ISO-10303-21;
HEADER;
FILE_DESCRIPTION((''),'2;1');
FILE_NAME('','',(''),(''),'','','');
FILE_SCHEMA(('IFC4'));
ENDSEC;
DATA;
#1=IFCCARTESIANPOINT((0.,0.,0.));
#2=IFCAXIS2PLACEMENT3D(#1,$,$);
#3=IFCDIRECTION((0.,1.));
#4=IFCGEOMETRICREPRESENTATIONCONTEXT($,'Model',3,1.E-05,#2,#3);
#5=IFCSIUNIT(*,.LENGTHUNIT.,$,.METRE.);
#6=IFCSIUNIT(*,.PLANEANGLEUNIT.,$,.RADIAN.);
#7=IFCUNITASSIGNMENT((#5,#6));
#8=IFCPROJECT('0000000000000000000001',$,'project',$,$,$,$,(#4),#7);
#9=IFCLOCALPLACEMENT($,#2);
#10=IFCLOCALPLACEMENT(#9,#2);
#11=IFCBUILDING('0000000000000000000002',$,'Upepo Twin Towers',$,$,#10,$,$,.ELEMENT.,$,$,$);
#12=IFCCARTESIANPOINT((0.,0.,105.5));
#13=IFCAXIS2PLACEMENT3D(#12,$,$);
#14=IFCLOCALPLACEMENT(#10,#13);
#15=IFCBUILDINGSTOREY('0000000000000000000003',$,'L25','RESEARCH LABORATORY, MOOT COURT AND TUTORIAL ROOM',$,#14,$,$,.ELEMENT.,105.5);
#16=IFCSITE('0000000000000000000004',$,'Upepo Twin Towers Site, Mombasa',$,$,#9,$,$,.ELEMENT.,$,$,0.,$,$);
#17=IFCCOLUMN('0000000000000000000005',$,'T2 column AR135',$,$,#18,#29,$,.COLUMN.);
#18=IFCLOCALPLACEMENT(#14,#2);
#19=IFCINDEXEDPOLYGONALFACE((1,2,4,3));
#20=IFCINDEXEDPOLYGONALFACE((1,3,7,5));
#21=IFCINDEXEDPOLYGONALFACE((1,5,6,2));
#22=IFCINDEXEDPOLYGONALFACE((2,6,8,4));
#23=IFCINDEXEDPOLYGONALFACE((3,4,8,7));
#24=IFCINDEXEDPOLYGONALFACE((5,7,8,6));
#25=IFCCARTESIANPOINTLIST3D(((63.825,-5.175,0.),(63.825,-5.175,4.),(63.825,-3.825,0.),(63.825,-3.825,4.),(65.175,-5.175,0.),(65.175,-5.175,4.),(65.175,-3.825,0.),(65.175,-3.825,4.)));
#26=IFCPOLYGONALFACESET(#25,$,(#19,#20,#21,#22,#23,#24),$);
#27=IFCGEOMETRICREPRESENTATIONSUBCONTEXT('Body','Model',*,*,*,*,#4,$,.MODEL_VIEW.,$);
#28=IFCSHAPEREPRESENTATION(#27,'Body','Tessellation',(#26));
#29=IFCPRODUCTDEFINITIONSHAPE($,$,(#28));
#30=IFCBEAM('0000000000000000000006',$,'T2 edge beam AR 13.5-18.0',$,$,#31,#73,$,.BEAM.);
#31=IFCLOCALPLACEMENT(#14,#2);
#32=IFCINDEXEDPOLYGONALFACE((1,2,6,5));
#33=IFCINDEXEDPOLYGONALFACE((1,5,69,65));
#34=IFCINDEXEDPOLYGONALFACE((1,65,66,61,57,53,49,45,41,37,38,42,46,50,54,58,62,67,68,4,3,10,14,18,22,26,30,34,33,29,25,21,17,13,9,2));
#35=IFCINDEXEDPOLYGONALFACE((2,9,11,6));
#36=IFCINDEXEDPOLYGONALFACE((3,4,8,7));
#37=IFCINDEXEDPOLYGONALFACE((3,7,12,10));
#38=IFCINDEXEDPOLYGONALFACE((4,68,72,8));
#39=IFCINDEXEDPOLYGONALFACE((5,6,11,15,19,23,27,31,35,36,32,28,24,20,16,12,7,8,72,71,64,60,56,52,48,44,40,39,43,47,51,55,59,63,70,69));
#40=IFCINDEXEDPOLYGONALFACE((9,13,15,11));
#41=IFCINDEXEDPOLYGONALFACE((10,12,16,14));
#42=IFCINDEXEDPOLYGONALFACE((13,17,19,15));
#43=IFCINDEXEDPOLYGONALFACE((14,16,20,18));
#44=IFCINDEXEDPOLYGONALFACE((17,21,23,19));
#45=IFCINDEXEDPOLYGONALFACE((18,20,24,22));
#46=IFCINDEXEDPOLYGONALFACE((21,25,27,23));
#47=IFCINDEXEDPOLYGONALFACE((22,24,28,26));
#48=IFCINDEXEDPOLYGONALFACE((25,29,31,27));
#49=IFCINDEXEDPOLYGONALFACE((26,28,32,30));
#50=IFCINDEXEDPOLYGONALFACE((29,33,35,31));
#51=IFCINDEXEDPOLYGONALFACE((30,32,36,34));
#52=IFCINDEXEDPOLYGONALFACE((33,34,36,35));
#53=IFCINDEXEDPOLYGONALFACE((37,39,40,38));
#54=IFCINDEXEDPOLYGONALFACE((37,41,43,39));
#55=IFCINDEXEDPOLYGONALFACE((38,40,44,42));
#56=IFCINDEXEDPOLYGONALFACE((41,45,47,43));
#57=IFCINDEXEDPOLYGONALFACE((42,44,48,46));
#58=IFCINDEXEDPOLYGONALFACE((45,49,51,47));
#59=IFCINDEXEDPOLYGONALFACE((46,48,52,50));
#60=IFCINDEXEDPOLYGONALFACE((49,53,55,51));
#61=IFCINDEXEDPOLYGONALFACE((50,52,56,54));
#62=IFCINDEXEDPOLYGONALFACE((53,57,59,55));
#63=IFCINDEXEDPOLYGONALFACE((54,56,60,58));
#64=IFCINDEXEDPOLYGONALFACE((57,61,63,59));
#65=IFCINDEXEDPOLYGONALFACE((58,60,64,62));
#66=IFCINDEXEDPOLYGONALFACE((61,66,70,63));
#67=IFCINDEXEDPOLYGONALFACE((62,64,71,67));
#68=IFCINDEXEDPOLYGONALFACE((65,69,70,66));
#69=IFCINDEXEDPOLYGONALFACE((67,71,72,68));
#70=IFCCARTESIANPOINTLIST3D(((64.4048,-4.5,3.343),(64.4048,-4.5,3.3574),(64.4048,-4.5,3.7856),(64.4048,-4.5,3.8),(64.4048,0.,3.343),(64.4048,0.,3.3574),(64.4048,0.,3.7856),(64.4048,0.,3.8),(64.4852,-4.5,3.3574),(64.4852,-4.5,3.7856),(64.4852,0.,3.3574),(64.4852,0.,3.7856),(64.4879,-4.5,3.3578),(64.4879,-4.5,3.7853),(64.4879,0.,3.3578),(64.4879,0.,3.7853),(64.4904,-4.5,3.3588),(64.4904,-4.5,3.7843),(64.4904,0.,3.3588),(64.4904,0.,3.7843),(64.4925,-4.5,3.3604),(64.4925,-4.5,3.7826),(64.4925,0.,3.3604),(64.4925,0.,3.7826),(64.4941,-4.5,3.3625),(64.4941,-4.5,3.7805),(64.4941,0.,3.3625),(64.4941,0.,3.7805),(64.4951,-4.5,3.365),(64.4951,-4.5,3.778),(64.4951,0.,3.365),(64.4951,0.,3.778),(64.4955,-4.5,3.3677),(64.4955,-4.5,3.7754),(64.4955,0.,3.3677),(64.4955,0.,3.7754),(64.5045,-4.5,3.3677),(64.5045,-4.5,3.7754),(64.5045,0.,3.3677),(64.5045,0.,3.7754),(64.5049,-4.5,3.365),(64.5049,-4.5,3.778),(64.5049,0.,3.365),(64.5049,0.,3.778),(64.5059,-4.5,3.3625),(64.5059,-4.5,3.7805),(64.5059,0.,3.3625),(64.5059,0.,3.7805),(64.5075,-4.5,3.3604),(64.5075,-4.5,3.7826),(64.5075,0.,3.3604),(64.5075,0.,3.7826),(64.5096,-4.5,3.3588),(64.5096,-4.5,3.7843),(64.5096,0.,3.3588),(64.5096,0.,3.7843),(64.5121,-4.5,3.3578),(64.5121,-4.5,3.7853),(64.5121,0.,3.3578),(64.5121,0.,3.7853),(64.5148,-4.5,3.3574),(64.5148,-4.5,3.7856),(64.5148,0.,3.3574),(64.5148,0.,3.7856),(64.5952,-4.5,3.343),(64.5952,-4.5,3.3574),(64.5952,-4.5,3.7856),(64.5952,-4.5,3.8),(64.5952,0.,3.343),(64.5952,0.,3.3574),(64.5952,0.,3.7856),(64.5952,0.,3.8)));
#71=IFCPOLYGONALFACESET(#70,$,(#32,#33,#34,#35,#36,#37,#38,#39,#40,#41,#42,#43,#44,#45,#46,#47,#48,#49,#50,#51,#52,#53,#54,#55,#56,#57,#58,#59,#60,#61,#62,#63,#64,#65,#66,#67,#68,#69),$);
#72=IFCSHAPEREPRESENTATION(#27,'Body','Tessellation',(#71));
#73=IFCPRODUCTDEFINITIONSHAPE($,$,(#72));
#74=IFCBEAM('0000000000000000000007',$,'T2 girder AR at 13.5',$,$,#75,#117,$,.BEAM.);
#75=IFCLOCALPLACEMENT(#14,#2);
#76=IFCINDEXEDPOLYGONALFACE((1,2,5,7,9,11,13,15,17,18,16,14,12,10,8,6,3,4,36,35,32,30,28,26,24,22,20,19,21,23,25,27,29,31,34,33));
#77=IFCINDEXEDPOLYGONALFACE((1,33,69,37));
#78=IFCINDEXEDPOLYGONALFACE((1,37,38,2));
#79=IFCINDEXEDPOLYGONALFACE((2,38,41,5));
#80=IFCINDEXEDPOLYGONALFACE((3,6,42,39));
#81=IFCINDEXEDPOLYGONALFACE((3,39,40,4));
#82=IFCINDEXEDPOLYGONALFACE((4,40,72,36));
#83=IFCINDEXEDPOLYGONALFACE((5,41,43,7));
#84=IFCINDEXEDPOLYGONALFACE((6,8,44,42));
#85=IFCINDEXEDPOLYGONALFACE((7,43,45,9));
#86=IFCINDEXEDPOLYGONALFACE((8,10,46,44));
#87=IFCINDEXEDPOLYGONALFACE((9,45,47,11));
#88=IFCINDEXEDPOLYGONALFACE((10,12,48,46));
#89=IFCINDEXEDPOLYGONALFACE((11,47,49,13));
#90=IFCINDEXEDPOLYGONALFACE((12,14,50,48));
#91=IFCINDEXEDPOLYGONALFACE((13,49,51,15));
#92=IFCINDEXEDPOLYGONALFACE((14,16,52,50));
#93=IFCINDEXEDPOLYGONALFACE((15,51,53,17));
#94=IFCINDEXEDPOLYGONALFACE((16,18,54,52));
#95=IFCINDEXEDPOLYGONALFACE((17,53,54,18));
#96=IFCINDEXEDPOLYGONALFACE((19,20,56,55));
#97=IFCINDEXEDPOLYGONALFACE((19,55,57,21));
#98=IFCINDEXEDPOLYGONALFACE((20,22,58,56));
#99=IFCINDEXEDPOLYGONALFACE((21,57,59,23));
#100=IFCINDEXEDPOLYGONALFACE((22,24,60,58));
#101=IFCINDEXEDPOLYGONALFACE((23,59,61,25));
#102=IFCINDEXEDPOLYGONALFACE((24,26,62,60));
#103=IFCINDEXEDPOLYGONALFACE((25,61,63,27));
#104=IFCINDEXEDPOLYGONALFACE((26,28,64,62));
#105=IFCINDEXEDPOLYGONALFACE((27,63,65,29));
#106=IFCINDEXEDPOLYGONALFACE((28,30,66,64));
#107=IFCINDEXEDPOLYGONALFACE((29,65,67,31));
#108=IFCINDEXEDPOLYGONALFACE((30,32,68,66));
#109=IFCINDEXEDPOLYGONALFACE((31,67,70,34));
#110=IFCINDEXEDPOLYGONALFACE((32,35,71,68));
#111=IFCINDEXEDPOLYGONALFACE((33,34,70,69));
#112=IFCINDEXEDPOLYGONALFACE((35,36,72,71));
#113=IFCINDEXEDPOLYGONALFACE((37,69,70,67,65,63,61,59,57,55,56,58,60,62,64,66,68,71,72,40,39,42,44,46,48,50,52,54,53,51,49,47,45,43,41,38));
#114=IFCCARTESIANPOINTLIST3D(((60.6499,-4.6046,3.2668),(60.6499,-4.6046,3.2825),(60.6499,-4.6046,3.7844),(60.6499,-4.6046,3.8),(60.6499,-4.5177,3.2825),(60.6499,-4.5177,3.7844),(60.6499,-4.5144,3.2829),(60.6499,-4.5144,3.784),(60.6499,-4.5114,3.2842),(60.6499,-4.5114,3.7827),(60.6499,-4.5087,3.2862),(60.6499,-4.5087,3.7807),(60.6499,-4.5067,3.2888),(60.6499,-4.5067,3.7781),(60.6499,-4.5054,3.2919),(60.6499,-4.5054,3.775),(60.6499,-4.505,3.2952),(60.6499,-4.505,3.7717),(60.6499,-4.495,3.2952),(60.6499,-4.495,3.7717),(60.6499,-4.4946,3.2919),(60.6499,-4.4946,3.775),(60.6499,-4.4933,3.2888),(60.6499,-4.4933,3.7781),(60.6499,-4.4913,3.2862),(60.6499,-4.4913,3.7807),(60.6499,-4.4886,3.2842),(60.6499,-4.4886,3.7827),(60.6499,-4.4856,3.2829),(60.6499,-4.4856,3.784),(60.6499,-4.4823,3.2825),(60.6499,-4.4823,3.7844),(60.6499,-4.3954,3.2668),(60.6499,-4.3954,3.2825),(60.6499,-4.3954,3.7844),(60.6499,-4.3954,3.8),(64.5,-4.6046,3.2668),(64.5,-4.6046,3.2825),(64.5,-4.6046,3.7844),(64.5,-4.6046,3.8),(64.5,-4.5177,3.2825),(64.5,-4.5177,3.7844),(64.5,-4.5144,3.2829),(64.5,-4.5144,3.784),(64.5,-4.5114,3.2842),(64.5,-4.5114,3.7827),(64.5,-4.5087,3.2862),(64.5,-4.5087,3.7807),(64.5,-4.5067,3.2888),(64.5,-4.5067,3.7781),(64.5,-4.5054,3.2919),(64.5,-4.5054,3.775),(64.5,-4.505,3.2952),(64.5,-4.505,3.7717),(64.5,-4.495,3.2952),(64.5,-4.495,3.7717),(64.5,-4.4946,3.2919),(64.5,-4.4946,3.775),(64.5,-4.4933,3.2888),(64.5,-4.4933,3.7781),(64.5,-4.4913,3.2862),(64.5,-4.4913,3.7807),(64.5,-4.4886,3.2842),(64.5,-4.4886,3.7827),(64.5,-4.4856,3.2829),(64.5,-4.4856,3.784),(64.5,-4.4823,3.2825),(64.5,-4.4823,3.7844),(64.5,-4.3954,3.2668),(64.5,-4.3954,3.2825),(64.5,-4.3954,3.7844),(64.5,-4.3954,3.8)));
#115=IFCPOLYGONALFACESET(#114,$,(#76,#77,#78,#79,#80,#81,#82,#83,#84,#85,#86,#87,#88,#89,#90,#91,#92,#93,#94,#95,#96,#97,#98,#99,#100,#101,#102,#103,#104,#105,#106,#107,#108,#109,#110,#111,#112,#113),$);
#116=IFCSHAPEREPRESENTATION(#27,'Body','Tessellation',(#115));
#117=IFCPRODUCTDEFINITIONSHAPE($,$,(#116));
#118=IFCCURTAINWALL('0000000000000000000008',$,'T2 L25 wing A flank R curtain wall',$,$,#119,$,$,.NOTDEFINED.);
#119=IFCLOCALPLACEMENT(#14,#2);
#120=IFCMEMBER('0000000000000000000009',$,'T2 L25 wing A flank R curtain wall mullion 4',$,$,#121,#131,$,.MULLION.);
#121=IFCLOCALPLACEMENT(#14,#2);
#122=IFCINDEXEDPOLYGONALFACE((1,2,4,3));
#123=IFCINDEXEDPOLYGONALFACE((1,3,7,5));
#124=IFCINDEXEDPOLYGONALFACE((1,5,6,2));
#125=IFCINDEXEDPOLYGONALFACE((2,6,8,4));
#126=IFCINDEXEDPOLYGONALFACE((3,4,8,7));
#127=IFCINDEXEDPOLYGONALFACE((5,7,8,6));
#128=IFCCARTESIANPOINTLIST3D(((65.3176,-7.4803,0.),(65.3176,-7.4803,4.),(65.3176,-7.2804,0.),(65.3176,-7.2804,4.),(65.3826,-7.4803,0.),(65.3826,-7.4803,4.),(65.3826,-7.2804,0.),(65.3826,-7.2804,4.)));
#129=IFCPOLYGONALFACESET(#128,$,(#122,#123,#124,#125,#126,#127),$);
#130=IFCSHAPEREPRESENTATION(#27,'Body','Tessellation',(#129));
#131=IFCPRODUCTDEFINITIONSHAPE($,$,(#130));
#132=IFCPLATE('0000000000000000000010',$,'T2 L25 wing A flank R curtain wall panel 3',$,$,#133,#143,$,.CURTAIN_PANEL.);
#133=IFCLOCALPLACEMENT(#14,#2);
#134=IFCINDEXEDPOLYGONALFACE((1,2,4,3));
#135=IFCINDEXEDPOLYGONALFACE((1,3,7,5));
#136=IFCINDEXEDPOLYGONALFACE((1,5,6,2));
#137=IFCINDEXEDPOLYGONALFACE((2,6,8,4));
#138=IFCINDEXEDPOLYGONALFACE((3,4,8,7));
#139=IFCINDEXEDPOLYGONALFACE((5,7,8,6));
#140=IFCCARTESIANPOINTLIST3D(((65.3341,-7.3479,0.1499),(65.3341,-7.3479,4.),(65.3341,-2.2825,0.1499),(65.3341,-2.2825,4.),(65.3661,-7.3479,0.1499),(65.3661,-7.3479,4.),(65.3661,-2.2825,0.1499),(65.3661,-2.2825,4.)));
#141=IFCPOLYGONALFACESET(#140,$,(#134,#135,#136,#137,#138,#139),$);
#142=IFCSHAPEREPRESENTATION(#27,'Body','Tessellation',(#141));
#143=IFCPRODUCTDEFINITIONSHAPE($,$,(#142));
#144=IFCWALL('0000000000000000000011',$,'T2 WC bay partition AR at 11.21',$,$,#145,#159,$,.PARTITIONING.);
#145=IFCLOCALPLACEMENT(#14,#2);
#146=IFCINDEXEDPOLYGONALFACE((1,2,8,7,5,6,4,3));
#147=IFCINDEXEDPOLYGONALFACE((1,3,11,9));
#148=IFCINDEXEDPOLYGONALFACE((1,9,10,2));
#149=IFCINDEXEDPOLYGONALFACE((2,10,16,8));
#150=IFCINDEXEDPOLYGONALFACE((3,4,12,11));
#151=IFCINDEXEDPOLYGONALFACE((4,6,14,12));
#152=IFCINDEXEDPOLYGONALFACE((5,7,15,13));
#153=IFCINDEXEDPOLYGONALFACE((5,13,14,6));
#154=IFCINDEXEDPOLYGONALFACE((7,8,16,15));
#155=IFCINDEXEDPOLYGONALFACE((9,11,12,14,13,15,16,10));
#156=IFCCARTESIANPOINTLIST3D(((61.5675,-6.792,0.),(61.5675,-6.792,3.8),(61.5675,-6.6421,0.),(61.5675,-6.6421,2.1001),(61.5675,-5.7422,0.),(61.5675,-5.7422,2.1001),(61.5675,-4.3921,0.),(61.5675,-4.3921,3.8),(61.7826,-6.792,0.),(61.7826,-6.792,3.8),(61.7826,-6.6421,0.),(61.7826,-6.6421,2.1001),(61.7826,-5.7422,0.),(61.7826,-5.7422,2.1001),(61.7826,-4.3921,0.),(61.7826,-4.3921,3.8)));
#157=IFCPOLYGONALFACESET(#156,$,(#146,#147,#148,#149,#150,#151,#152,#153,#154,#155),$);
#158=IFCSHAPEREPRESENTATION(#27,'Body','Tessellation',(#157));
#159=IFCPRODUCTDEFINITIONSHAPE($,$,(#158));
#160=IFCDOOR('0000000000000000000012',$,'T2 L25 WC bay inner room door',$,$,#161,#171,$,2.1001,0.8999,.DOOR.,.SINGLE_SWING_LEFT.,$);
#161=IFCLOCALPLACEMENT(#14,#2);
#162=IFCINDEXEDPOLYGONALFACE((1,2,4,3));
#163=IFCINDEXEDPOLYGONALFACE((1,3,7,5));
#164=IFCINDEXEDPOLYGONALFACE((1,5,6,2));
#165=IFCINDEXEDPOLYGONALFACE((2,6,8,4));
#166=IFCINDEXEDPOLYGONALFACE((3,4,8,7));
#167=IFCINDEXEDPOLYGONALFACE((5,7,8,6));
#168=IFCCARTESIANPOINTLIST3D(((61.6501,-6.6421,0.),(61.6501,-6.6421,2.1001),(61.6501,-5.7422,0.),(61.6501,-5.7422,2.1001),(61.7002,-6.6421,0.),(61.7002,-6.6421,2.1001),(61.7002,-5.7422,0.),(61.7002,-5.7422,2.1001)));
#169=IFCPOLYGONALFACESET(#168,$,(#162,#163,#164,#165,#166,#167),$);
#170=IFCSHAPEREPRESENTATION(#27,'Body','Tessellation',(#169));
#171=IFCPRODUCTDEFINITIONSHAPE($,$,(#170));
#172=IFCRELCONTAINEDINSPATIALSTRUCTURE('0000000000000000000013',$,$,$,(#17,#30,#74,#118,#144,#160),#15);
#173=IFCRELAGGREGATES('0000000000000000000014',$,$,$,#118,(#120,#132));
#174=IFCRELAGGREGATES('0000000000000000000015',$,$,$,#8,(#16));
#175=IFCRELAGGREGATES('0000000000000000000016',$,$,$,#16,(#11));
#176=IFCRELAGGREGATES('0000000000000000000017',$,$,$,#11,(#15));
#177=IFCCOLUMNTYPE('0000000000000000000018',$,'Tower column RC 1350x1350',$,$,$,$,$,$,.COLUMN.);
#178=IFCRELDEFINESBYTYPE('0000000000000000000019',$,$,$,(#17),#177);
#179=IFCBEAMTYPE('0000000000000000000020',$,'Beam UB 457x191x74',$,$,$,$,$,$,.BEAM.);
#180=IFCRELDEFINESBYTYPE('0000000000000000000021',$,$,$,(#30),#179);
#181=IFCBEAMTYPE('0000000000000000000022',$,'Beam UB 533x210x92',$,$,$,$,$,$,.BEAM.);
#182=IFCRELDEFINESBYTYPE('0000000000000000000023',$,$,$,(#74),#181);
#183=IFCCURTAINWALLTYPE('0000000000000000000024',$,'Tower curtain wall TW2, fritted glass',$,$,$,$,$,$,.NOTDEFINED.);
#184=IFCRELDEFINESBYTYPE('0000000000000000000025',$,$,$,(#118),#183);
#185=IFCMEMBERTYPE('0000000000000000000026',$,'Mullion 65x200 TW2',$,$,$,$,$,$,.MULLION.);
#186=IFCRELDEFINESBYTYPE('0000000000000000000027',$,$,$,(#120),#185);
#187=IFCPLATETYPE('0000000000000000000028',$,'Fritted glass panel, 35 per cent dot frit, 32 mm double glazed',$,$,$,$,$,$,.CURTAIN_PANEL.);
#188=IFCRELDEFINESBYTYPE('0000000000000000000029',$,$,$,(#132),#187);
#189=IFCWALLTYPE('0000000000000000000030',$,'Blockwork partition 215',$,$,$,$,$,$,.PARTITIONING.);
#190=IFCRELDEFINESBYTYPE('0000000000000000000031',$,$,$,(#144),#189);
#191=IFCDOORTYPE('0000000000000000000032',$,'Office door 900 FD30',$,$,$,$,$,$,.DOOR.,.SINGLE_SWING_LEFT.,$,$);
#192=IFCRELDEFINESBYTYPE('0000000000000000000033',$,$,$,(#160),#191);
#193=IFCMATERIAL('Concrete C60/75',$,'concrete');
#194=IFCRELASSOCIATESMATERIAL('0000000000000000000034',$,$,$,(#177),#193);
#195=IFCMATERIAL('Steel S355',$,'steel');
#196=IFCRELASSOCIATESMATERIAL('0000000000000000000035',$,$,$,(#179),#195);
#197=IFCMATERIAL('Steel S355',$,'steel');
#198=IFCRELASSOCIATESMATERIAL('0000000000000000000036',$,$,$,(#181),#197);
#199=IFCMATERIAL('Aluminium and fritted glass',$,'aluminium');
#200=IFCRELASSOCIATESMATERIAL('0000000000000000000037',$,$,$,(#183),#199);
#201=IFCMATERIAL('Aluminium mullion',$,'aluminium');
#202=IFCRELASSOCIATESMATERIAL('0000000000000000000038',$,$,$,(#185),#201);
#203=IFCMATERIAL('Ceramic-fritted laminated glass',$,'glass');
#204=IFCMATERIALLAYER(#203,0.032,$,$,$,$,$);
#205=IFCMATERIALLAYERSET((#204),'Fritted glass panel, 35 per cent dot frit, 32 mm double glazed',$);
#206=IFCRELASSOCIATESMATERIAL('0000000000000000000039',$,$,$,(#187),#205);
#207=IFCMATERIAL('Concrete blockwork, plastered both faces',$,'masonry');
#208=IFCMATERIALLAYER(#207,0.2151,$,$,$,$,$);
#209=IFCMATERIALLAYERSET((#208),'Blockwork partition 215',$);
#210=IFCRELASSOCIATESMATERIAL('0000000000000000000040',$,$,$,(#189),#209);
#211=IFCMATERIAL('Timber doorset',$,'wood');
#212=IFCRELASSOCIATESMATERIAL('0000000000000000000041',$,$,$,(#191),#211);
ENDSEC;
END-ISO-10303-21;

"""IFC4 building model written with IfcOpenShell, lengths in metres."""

from ifc_helpers import new_model, si_unit, direction, frame, frame_2d, origin, origin_2d, place, context, subcontext, project, spatial, rectangle, i_section, extrude, material, layer, layer_set, material_profile, profile_set, type_object, element, fill, aggregate, save


model = new_model("IFC4")

# Units and contexts
model_context = context("Model", 3, precision=1e-05, world=origin(), true_north=direction((0.0, 1.0)))
body_context = subcontext(model_context, "Body", "Model", "MODEL_VIEW")
ifc_project = project(units=[si_unit("LENGTHUNIT", "METRE"), si_unit("PLANEANGLEUNIT", "RADIAN")], contexts=[model_context])

# Site, building, storey
site_placement = place(None, origin())
site = spatial("IfcSite", under=ifc_project, at=site_placement, Name="Upepo Twin Towers Site, Mombasa", CompositionType="ELEMENT", RefElevation=0.0)
building_placement = place(site_placement, origin())
building = spatial("IfcBuilding", under=site, at=building_placement, Name="Upepo Twin Towers", CompositionType="ELEMENT")
storey_placement = place(building_placement, frame((0.0, 0.0, 105.5)))
storey = spatial("IfcBuildingStorey", under=building, at=storey_placement, Name="L25", Description="RESEARCH LABORATORY, MOOT COURT AND TUTORIAL ROOM", CompositionType="ELEMENT", Elevation=105.5)

# Column
ifc_material_1 = material(Name="Concrete C60/75", Category="concrete")
ifc_material_profile_1 = material_profile(ifc_material_1, rectangle(XDim=1.3501, YDim=1.3501, at=origin_2d()), Name="RC 1350x1350")
ifc_profile_set_1 = profile_set([ifc_material_profile_1], Name="Concrete C60/75")
column_type = type_object("IfcColumnType", Name="Tower column RC 1350x1350", PredefinedType="COLUMN", material=ifc_profile_set_1)
column_placement = place(storey_placement, frame((64.5, -4.5, 0.0), z_axis=(0.0, 0.0, 1.0), x_axis=(1.0, 0.0, 0.0)))
element("IfcColumn", 1, at=column_placement, inside=storey, type_object=column_type, Name="T2 column AR135", PredefinedType="COLUMN", context=body_context, shape_type="SweptSolid", body=[
    extrude(rectangle(XDim=1.3501, YDim=1.3501, at=origin_2d()), origin(), (0.0, 0.0, 1.0), 4.0),
])

# Beams
ifc_material_2 = material(Name="Steel S355", Category="steel")
ifc_material_profile_2 = material_profile(ifc_material_2, i_section(OverallWidth=0.1904, OverallDepth=0.457, WebThickness=0.009, FlangeThickness=0.0144, FilletRadius=0.0103, at=origin_2d()), Name="UB 457x191x74")
ifc_profile_set_2 = profile_set([ifc_material_profile_2], Name="Steel S355")
beam_type_1 = type_object("IfcBeamType", Name="Beam UB 457x191x74", PredefinedType="BEAM", material=ifc_profile_set_2)
beam_1_placement = place(storey_placement, frame((64.5, -4.5, 3.5715), z_axis=(0.0, 1.0, 0.0), x_axis=(-1.0, 0.0, 0.0)))
element("IfcBeam", 2, at=beam_1_placement, inside=storey, type_object=beam_type_1, Name="T2 edge beam AR 13.5-18.0", PredefinedType="BEAM", context=body_context, shape_type="SweptSolid", body=[
    extrude(i_section(OverallWidth=0.1904, OverallDepth=0.457, WebThickness=0.009, FlangeThickness=0.0144, FilletRadius=0.0103, at=origin_2d()), origin(), (0.0, 0.0, 1.0), 4.5),
])
ifc_material_3 = material(Name="Steel S355", Category="steel")
ifc_material_profile_3 = material_profile(ifc_material_3, i_section(OverallWidth=0.2092, OverallDepth=0.5332, WebThickness=0.01, FlangeThickness=0.0156, FilletRadius=0.0127, at=origin_2d()), Name="UB 533x210x92")
ifc_profile_set_3 = profile_set([ifc_material_profile_3], Name="Steel S355")
beam_type_2 = type_object("IfcBeamType", Name="Beam UB 533x210x92", PredefinedType="BEAM", material=ifc_profile_set_3)
beam_2_placement = place(storey_placement, frame((64.5, -4.5, 3.5334), z_axis=(-1.0, 0.0, 0.0), x_axis=(0.0, -1.0, 0.0)))
element("IfcBeam", 3, at=beam_2_placement, inside=storey, type_object=beam_type_2, Name="T2 girder AR at 13.5", PredefinedType="BEAM", context=body_context, shape_type="SweptSolid", body=[
    extrude(i_section(OverallWidth=0.2092, OverallDepth=0.5332, WebThickness=0.01, FlangeThickness=0.0156, FilletRadius=0.0127, at=origin_2d()), origin(), (0.0, 0.0, 1.0), 3.8501),
])

# Curtain wall, member, plate
ifc_material_4 = material(Name="Aluminium and fritted glass", Category="aluminium")
curtain_wall_type = type_object("IfcCurtainWallType", Name="Tower curtain wall TW2, fritted glass", PredefinedType="NOTDEFINED", material=ifc_material_4)
curtain_wall_placement = place(storey_placement, origin())
curtain_wall = element("IfcCurtainWall", 4, at=curtain_wall_placement, inside=storey, type_object=curtain_wall_type, Name="T2 L25 wing A flank R curtain wall", PredefinedType="NOTDEFINED")
ifc_material_5 = material(Name="Aluminium mullion", Category="aluminium")
ifc_material_profile_4 = material_profile(ifc_material_5, rectangle(XDim=0.0649, YDim=0.2, at=origin_2d()), Name="MULLION 65x200")
ifc_profile_set_4 = profile_set([ifc_material_profile_4], Name="Aluminium mullion")
member_type = type_object("IfcMemberType", Name="Mullion 65x200 TW2", PredefinedType="MULLION", material=ifc_profile_set_4)
member_placement = place(storey_placement, frame((65.3501, -7.3804, 0.0), z_axis=(0.0, 0.0, 1.0), x_axis=(1.0, 0.0, 0.0)))
member = element("IfcMember", 5, at=member_placement, type_object=member_type, Name="T2 L25 wing A flank R curtain wall mullion 4", PredefinedType="MULLION", context=body_context, shape_type="SweptSolid", body=[
    extrude(rectangle(XDim=0.0649, YDim=0.2, at=origin_2d()), origin(), (0.0, 0.0, 1.0), 4.0),
])
ifc_material_6 = material(Name="Ceramic-fritted laminated glass", Category="glass")
ifc_layer_1 = layer(ifc_material_6, 0.032)
ifc_layer_set_1 = layer_set([ifc_layer_1], Name="Fritted glass panel, 35 per cent dot frit, 32 mm double glazed")
plate_type = type_object("IfcPlateType", Name="Fritted glass panel, 35 per cent dot frit, 32 mm double glazed", PredefinedType="CURTAIN_PANEL", material=ifc_layer_set_1)
plate_placement = place(storey_placement, frame((65.3501, -4.8152, 0.1499), z_axis=(0.0, 0.0, 1.0), x_axis=(0.0, -1.0, 0.0)))
plate = element("IfcPlate", 6, at=plate_placement, type_object=plate_type, Name="T2 L25 wing A flank R curtain wall panel 3", PredefinedType="CURTAIN_PANEL", context=body_context, shape_type="SweptSolid", body=[
    extrude(rectangle(XDim=5.0654, YDim=0.032, at=origin_2d()), origin(), (0.0, 0.0, 1.0), 3.8501),
])
aggregate(curtain_wall, [member, plate])

# Wall, opening, door
ifc_material_7 = material(Name="Concrete blockwork, plastered both faces", Category="masonry")
ifc_layer_2 = layer(ifc_material_7, 0.2151)
ifc_layer_set_2 = layer_set([ifc_layer_2], Name="Blockwork partition 215")
wall_type_1 = type_object("IfcWallType", Name="Blockwork partition 215", PredefinedType="PARTITIONING", material=ifc_layer_set_2)
wall_1_placement = place(storey_placement, frame((61.675, -6.792, 0.0), z_axis=(0.0, 0.0, 1.0), x_axis=(0.0, 1.0, 0.0)))
wall_1 = element("IfcWall", 7, at=wall_1_placement, inside=storey, type_object=wall_type_1, Name="T2 WC bay partition AR at 11.21", PredefinedType="PARTITIONING", context=body_context, shape_type="SweptSolid", body=[
    extrude(rectangle(XDim=2.3999, YDim=0.2151, at=frame_2d((1.2, 0.0))), origin(), (0.0, 0.0, 1.0), 3.8),
])
opening_1_placement = place(wall_1_placement, frame((0.1499, 0.0, 0.0)))
opening_1 = element("IfcOpeningElement", 8, at=opening_1_placement, cuts=wall_1, PredefinedType="OPENING", context=body_context, shape_type="SweptSolid", body=[
    extrude(rectangle(XDim=0.8999, YDim=2.1001, at=frame_2d((0.45, 1.05))), frame((0.0, 0.1174, 0.0), z_axis=(0.0, -1.0, 0.0), x_axis=(1.0, 0.0, 0.0)), (0.0, 0.0, 1.0), 0.2351),
])
ifc_material_8 = material(Name="Timber doorset", Category="wood")
door_type_1 = type_object("IfcDoorType", Name="Office door 900 FD30", OperationType="SINGLE_SWING_LEFT", PredefinedType="DOOR", material=ifc_material_8)
door_1_placement = place(opening_1_placement, origin())
door_1 = element("IfcDoor", 9, at=door_1_placement, inside=storey, type_object=door_type_1, Name="T2 L25 WC bay inner room door", OperationType="SINGLE_SWING_LEFT", OverallHeight=2.1001, OverallWidth=0.8999, PredefinedType="DOOR", context=body_context, shape_type="SweptSolid", body=[
    extrude(rectangle(XDim=0.8999, YDim=2.1001, at=frame_2d((0.45, 1.05))), frame((0.0, 0.0249, 0.0), z_axis=(0.0, -1.0, 0.0), x_axis=(1.0, 0.0, 0.0)), (0.0, 0.0, 1.0), 0.05),
])
fill(opening_1, door_1)

save(model, "model.ifc")
